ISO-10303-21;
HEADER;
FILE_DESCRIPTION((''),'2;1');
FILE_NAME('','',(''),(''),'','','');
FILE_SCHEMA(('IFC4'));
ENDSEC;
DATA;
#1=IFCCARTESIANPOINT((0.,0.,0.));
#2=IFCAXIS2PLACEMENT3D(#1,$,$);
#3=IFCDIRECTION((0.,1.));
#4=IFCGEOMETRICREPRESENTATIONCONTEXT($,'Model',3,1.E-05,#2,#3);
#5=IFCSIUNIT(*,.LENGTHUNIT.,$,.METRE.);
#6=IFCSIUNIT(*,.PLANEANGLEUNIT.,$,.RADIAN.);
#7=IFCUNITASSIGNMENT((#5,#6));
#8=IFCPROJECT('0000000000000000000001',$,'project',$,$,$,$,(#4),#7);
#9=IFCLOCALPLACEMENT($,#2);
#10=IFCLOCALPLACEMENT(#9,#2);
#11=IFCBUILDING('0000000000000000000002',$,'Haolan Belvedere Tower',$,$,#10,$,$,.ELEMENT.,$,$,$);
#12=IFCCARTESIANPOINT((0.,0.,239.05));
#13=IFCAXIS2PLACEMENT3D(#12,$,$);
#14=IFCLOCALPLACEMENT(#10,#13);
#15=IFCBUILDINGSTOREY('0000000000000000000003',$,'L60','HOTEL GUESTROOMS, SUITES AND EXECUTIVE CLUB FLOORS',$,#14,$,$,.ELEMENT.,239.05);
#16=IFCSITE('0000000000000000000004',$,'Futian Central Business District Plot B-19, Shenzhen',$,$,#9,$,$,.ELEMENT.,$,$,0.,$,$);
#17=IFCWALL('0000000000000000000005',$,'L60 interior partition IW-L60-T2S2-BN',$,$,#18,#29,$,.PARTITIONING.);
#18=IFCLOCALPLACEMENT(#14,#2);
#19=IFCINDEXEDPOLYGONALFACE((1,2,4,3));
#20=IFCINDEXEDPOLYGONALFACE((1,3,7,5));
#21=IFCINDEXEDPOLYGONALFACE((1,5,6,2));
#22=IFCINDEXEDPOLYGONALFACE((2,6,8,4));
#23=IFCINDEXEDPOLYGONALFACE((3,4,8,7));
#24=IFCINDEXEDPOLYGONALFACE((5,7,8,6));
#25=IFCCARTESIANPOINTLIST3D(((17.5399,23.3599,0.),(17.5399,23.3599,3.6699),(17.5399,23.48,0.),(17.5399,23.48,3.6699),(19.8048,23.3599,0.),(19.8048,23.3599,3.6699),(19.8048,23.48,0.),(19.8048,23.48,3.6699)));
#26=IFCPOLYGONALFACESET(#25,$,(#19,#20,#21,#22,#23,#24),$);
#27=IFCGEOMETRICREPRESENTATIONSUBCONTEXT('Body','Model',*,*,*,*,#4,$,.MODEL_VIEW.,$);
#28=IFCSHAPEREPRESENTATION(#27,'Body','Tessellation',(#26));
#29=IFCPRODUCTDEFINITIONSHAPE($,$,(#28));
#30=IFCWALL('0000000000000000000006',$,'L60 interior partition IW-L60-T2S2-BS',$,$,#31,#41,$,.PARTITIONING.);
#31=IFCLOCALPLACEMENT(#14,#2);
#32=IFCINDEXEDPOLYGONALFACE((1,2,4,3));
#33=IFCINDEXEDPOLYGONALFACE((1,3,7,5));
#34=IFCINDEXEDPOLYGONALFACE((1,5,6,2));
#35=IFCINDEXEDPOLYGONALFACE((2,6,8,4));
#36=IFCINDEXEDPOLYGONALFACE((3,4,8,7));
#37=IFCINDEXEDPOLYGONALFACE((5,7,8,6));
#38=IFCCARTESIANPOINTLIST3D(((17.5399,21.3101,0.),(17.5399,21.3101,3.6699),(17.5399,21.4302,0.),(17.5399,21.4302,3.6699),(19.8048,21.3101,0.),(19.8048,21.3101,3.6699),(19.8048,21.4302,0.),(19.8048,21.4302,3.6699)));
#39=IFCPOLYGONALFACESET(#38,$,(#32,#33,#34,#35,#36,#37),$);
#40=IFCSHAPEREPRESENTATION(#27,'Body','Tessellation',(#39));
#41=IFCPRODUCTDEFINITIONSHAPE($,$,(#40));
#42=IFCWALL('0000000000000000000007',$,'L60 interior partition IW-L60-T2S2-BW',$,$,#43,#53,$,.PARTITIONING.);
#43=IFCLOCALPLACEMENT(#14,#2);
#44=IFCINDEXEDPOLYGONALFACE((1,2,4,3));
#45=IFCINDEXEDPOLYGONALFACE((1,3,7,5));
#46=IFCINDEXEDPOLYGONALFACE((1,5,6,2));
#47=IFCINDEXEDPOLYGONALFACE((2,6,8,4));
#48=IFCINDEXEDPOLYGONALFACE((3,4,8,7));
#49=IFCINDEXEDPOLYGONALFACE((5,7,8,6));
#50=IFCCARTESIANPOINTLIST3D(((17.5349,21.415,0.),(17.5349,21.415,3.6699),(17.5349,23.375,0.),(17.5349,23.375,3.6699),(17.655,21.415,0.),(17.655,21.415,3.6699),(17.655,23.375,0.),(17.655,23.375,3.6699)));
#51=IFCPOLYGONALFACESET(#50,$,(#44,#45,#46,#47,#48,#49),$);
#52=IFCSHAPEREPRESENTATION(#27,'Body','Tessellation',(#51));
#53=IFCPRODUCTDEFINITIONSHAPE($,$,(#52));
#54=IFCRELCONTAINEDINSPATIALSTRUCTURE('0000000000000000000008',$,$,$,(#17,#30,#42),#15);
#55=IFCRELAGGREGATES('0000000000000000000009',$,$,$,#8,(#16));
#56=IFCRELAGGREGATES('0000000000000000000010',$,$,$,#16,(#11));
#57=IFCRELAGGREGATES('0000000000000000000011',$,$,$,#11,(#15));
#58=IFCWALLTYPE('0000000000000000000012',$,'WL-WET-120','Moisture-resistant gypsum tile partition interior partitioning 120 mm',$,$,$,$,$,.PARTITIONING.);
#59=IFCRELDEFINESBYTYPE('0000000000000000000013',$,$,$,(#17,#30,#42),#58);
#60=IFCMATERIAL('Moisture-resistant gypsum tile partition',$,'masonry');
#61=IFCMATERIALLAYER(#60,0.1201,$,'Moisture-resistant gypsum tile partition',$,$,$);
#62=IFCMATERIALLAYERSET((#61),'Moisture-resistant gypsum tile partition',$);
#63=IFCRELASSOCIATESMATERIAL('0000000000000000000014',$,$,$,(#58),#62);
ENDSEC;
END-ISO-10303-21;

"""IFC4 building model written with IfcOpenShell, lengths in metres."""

from ifc_helpers import new_model, si_unit, direction, frame, frame_2d, origin, place, context, subcontext, project, spatial, rectangle, extrude, material, layer, layer_set, type_object, element, save


model = new_model("IFC4")

# Units and contexts
model_context = context("Model", 3, precision=1e-05, world=origin(), true_north=direction((0.0, 1.0)))
body_context = subcontext(model_context, "Body", "Model", "MODEL_VIEW")
ifc_project = project(units=[si_unit("LENGTHUNIT", "METRE"), si_unit("PLANEANGLEUNIT", "RADIAN")], contexts=[model_context])

# Site, building, storey
site_placement = place(None, origin())
site = spatial("IfcSite", under=ifc_project, at=site_placement, Name="Futian Central Business District Plot B-19, Shenzhen", CompositionType="ELEMENT", RefElevation=0.0)
building_placement = place(site_placement, origin())
building = spatial("IfcBuilding", under=site, at=building_placement, Name="Haolan Belvedere Tower", CompositionType="ELEMENT")
storey_placement = place(building_placement, frame((0.0, 0.0, 239.05)))
storey = spatial("IfcBuildingStorey", under=building, at=storey_placement, Name="L60", Description="HOTEL GUESTROOMS, SUITES AND EXECUTIVE CLUB FLOORS", CompositionType="ELEMENT", Elevation=239.05)

# Shared definitions
ifc_material_1 = material(Name="Moisture-resistant gypsum tile partition", Category="masonry")
ifc_layer_1 = layer(ifc_material_1, 0.1201, Name="Moisture-resistant gypsum tile partition")
ifc_layer_set_1 = layer_set([ifc_layer_1], Name="Moisture-resistant gypsum tile partition")
wall_type_1 = type_object("IfcWallType", Name="WL-WET-120", Description="Moisture-resistant gypsum tile partition interior partitioning 120 mm", PredefinedType="PARTITIONING", material=ifc_layer_set_1)

# Walls
for number, where, z_axis, x_axis, name in (
    (1, (17.54, 23.4199, 0.0), (0.0, 0.0, 1.0), (1.0, 0.0, 0.0), "L60 interior partition IW-L60-T2S2-BN"),
    (2, (17.54, 21.3701, 0.0), (0.0, 0.0, 1.0), (1.0, 0.0, 0.0), "L60 interior partition IW-L60-T2S2-BS"),
):
    element("IfcWall", number, at=place(storey_placement, frame(where, z_axis=z_axis, x_axis=x_axis)), inside=storey, type_object=wall_type_1, Name=name, PredefinedType="PARTITIONING", context=body_context, shape_type="SweptSolid", body=[
        extrude(rectangle(XDim=2.2649, YDim=0.1201, at=frame_2d((1.1323, 0.0))), origin(), (0.0, 0.0, 1.0), 3.6699),
    ])
wall_1_placement = place(storey_placement, frame((17.595, 21.415, 0.0), z_axis=(0.0, 0.0, 1.0), x_axis=(0.0, 1.0, 0.0)))
element("IfcWall", 3, at=wall_1_placement, inside=storey, type_object=wall_type_1, Name="L60 interior partition IW-L60-T2S2-BW", PredefinedType="PARTITIONING", context=body_context, shape_type="SweptSolid", body=[
    extrude(rectangle(XDim=1.96, YDim=0.1201, at=frame_2d((0.98, 0.0))), origin(), (0.0, 0.0, 1.0), 3.6699),
])

save(model, "model.ifc")
